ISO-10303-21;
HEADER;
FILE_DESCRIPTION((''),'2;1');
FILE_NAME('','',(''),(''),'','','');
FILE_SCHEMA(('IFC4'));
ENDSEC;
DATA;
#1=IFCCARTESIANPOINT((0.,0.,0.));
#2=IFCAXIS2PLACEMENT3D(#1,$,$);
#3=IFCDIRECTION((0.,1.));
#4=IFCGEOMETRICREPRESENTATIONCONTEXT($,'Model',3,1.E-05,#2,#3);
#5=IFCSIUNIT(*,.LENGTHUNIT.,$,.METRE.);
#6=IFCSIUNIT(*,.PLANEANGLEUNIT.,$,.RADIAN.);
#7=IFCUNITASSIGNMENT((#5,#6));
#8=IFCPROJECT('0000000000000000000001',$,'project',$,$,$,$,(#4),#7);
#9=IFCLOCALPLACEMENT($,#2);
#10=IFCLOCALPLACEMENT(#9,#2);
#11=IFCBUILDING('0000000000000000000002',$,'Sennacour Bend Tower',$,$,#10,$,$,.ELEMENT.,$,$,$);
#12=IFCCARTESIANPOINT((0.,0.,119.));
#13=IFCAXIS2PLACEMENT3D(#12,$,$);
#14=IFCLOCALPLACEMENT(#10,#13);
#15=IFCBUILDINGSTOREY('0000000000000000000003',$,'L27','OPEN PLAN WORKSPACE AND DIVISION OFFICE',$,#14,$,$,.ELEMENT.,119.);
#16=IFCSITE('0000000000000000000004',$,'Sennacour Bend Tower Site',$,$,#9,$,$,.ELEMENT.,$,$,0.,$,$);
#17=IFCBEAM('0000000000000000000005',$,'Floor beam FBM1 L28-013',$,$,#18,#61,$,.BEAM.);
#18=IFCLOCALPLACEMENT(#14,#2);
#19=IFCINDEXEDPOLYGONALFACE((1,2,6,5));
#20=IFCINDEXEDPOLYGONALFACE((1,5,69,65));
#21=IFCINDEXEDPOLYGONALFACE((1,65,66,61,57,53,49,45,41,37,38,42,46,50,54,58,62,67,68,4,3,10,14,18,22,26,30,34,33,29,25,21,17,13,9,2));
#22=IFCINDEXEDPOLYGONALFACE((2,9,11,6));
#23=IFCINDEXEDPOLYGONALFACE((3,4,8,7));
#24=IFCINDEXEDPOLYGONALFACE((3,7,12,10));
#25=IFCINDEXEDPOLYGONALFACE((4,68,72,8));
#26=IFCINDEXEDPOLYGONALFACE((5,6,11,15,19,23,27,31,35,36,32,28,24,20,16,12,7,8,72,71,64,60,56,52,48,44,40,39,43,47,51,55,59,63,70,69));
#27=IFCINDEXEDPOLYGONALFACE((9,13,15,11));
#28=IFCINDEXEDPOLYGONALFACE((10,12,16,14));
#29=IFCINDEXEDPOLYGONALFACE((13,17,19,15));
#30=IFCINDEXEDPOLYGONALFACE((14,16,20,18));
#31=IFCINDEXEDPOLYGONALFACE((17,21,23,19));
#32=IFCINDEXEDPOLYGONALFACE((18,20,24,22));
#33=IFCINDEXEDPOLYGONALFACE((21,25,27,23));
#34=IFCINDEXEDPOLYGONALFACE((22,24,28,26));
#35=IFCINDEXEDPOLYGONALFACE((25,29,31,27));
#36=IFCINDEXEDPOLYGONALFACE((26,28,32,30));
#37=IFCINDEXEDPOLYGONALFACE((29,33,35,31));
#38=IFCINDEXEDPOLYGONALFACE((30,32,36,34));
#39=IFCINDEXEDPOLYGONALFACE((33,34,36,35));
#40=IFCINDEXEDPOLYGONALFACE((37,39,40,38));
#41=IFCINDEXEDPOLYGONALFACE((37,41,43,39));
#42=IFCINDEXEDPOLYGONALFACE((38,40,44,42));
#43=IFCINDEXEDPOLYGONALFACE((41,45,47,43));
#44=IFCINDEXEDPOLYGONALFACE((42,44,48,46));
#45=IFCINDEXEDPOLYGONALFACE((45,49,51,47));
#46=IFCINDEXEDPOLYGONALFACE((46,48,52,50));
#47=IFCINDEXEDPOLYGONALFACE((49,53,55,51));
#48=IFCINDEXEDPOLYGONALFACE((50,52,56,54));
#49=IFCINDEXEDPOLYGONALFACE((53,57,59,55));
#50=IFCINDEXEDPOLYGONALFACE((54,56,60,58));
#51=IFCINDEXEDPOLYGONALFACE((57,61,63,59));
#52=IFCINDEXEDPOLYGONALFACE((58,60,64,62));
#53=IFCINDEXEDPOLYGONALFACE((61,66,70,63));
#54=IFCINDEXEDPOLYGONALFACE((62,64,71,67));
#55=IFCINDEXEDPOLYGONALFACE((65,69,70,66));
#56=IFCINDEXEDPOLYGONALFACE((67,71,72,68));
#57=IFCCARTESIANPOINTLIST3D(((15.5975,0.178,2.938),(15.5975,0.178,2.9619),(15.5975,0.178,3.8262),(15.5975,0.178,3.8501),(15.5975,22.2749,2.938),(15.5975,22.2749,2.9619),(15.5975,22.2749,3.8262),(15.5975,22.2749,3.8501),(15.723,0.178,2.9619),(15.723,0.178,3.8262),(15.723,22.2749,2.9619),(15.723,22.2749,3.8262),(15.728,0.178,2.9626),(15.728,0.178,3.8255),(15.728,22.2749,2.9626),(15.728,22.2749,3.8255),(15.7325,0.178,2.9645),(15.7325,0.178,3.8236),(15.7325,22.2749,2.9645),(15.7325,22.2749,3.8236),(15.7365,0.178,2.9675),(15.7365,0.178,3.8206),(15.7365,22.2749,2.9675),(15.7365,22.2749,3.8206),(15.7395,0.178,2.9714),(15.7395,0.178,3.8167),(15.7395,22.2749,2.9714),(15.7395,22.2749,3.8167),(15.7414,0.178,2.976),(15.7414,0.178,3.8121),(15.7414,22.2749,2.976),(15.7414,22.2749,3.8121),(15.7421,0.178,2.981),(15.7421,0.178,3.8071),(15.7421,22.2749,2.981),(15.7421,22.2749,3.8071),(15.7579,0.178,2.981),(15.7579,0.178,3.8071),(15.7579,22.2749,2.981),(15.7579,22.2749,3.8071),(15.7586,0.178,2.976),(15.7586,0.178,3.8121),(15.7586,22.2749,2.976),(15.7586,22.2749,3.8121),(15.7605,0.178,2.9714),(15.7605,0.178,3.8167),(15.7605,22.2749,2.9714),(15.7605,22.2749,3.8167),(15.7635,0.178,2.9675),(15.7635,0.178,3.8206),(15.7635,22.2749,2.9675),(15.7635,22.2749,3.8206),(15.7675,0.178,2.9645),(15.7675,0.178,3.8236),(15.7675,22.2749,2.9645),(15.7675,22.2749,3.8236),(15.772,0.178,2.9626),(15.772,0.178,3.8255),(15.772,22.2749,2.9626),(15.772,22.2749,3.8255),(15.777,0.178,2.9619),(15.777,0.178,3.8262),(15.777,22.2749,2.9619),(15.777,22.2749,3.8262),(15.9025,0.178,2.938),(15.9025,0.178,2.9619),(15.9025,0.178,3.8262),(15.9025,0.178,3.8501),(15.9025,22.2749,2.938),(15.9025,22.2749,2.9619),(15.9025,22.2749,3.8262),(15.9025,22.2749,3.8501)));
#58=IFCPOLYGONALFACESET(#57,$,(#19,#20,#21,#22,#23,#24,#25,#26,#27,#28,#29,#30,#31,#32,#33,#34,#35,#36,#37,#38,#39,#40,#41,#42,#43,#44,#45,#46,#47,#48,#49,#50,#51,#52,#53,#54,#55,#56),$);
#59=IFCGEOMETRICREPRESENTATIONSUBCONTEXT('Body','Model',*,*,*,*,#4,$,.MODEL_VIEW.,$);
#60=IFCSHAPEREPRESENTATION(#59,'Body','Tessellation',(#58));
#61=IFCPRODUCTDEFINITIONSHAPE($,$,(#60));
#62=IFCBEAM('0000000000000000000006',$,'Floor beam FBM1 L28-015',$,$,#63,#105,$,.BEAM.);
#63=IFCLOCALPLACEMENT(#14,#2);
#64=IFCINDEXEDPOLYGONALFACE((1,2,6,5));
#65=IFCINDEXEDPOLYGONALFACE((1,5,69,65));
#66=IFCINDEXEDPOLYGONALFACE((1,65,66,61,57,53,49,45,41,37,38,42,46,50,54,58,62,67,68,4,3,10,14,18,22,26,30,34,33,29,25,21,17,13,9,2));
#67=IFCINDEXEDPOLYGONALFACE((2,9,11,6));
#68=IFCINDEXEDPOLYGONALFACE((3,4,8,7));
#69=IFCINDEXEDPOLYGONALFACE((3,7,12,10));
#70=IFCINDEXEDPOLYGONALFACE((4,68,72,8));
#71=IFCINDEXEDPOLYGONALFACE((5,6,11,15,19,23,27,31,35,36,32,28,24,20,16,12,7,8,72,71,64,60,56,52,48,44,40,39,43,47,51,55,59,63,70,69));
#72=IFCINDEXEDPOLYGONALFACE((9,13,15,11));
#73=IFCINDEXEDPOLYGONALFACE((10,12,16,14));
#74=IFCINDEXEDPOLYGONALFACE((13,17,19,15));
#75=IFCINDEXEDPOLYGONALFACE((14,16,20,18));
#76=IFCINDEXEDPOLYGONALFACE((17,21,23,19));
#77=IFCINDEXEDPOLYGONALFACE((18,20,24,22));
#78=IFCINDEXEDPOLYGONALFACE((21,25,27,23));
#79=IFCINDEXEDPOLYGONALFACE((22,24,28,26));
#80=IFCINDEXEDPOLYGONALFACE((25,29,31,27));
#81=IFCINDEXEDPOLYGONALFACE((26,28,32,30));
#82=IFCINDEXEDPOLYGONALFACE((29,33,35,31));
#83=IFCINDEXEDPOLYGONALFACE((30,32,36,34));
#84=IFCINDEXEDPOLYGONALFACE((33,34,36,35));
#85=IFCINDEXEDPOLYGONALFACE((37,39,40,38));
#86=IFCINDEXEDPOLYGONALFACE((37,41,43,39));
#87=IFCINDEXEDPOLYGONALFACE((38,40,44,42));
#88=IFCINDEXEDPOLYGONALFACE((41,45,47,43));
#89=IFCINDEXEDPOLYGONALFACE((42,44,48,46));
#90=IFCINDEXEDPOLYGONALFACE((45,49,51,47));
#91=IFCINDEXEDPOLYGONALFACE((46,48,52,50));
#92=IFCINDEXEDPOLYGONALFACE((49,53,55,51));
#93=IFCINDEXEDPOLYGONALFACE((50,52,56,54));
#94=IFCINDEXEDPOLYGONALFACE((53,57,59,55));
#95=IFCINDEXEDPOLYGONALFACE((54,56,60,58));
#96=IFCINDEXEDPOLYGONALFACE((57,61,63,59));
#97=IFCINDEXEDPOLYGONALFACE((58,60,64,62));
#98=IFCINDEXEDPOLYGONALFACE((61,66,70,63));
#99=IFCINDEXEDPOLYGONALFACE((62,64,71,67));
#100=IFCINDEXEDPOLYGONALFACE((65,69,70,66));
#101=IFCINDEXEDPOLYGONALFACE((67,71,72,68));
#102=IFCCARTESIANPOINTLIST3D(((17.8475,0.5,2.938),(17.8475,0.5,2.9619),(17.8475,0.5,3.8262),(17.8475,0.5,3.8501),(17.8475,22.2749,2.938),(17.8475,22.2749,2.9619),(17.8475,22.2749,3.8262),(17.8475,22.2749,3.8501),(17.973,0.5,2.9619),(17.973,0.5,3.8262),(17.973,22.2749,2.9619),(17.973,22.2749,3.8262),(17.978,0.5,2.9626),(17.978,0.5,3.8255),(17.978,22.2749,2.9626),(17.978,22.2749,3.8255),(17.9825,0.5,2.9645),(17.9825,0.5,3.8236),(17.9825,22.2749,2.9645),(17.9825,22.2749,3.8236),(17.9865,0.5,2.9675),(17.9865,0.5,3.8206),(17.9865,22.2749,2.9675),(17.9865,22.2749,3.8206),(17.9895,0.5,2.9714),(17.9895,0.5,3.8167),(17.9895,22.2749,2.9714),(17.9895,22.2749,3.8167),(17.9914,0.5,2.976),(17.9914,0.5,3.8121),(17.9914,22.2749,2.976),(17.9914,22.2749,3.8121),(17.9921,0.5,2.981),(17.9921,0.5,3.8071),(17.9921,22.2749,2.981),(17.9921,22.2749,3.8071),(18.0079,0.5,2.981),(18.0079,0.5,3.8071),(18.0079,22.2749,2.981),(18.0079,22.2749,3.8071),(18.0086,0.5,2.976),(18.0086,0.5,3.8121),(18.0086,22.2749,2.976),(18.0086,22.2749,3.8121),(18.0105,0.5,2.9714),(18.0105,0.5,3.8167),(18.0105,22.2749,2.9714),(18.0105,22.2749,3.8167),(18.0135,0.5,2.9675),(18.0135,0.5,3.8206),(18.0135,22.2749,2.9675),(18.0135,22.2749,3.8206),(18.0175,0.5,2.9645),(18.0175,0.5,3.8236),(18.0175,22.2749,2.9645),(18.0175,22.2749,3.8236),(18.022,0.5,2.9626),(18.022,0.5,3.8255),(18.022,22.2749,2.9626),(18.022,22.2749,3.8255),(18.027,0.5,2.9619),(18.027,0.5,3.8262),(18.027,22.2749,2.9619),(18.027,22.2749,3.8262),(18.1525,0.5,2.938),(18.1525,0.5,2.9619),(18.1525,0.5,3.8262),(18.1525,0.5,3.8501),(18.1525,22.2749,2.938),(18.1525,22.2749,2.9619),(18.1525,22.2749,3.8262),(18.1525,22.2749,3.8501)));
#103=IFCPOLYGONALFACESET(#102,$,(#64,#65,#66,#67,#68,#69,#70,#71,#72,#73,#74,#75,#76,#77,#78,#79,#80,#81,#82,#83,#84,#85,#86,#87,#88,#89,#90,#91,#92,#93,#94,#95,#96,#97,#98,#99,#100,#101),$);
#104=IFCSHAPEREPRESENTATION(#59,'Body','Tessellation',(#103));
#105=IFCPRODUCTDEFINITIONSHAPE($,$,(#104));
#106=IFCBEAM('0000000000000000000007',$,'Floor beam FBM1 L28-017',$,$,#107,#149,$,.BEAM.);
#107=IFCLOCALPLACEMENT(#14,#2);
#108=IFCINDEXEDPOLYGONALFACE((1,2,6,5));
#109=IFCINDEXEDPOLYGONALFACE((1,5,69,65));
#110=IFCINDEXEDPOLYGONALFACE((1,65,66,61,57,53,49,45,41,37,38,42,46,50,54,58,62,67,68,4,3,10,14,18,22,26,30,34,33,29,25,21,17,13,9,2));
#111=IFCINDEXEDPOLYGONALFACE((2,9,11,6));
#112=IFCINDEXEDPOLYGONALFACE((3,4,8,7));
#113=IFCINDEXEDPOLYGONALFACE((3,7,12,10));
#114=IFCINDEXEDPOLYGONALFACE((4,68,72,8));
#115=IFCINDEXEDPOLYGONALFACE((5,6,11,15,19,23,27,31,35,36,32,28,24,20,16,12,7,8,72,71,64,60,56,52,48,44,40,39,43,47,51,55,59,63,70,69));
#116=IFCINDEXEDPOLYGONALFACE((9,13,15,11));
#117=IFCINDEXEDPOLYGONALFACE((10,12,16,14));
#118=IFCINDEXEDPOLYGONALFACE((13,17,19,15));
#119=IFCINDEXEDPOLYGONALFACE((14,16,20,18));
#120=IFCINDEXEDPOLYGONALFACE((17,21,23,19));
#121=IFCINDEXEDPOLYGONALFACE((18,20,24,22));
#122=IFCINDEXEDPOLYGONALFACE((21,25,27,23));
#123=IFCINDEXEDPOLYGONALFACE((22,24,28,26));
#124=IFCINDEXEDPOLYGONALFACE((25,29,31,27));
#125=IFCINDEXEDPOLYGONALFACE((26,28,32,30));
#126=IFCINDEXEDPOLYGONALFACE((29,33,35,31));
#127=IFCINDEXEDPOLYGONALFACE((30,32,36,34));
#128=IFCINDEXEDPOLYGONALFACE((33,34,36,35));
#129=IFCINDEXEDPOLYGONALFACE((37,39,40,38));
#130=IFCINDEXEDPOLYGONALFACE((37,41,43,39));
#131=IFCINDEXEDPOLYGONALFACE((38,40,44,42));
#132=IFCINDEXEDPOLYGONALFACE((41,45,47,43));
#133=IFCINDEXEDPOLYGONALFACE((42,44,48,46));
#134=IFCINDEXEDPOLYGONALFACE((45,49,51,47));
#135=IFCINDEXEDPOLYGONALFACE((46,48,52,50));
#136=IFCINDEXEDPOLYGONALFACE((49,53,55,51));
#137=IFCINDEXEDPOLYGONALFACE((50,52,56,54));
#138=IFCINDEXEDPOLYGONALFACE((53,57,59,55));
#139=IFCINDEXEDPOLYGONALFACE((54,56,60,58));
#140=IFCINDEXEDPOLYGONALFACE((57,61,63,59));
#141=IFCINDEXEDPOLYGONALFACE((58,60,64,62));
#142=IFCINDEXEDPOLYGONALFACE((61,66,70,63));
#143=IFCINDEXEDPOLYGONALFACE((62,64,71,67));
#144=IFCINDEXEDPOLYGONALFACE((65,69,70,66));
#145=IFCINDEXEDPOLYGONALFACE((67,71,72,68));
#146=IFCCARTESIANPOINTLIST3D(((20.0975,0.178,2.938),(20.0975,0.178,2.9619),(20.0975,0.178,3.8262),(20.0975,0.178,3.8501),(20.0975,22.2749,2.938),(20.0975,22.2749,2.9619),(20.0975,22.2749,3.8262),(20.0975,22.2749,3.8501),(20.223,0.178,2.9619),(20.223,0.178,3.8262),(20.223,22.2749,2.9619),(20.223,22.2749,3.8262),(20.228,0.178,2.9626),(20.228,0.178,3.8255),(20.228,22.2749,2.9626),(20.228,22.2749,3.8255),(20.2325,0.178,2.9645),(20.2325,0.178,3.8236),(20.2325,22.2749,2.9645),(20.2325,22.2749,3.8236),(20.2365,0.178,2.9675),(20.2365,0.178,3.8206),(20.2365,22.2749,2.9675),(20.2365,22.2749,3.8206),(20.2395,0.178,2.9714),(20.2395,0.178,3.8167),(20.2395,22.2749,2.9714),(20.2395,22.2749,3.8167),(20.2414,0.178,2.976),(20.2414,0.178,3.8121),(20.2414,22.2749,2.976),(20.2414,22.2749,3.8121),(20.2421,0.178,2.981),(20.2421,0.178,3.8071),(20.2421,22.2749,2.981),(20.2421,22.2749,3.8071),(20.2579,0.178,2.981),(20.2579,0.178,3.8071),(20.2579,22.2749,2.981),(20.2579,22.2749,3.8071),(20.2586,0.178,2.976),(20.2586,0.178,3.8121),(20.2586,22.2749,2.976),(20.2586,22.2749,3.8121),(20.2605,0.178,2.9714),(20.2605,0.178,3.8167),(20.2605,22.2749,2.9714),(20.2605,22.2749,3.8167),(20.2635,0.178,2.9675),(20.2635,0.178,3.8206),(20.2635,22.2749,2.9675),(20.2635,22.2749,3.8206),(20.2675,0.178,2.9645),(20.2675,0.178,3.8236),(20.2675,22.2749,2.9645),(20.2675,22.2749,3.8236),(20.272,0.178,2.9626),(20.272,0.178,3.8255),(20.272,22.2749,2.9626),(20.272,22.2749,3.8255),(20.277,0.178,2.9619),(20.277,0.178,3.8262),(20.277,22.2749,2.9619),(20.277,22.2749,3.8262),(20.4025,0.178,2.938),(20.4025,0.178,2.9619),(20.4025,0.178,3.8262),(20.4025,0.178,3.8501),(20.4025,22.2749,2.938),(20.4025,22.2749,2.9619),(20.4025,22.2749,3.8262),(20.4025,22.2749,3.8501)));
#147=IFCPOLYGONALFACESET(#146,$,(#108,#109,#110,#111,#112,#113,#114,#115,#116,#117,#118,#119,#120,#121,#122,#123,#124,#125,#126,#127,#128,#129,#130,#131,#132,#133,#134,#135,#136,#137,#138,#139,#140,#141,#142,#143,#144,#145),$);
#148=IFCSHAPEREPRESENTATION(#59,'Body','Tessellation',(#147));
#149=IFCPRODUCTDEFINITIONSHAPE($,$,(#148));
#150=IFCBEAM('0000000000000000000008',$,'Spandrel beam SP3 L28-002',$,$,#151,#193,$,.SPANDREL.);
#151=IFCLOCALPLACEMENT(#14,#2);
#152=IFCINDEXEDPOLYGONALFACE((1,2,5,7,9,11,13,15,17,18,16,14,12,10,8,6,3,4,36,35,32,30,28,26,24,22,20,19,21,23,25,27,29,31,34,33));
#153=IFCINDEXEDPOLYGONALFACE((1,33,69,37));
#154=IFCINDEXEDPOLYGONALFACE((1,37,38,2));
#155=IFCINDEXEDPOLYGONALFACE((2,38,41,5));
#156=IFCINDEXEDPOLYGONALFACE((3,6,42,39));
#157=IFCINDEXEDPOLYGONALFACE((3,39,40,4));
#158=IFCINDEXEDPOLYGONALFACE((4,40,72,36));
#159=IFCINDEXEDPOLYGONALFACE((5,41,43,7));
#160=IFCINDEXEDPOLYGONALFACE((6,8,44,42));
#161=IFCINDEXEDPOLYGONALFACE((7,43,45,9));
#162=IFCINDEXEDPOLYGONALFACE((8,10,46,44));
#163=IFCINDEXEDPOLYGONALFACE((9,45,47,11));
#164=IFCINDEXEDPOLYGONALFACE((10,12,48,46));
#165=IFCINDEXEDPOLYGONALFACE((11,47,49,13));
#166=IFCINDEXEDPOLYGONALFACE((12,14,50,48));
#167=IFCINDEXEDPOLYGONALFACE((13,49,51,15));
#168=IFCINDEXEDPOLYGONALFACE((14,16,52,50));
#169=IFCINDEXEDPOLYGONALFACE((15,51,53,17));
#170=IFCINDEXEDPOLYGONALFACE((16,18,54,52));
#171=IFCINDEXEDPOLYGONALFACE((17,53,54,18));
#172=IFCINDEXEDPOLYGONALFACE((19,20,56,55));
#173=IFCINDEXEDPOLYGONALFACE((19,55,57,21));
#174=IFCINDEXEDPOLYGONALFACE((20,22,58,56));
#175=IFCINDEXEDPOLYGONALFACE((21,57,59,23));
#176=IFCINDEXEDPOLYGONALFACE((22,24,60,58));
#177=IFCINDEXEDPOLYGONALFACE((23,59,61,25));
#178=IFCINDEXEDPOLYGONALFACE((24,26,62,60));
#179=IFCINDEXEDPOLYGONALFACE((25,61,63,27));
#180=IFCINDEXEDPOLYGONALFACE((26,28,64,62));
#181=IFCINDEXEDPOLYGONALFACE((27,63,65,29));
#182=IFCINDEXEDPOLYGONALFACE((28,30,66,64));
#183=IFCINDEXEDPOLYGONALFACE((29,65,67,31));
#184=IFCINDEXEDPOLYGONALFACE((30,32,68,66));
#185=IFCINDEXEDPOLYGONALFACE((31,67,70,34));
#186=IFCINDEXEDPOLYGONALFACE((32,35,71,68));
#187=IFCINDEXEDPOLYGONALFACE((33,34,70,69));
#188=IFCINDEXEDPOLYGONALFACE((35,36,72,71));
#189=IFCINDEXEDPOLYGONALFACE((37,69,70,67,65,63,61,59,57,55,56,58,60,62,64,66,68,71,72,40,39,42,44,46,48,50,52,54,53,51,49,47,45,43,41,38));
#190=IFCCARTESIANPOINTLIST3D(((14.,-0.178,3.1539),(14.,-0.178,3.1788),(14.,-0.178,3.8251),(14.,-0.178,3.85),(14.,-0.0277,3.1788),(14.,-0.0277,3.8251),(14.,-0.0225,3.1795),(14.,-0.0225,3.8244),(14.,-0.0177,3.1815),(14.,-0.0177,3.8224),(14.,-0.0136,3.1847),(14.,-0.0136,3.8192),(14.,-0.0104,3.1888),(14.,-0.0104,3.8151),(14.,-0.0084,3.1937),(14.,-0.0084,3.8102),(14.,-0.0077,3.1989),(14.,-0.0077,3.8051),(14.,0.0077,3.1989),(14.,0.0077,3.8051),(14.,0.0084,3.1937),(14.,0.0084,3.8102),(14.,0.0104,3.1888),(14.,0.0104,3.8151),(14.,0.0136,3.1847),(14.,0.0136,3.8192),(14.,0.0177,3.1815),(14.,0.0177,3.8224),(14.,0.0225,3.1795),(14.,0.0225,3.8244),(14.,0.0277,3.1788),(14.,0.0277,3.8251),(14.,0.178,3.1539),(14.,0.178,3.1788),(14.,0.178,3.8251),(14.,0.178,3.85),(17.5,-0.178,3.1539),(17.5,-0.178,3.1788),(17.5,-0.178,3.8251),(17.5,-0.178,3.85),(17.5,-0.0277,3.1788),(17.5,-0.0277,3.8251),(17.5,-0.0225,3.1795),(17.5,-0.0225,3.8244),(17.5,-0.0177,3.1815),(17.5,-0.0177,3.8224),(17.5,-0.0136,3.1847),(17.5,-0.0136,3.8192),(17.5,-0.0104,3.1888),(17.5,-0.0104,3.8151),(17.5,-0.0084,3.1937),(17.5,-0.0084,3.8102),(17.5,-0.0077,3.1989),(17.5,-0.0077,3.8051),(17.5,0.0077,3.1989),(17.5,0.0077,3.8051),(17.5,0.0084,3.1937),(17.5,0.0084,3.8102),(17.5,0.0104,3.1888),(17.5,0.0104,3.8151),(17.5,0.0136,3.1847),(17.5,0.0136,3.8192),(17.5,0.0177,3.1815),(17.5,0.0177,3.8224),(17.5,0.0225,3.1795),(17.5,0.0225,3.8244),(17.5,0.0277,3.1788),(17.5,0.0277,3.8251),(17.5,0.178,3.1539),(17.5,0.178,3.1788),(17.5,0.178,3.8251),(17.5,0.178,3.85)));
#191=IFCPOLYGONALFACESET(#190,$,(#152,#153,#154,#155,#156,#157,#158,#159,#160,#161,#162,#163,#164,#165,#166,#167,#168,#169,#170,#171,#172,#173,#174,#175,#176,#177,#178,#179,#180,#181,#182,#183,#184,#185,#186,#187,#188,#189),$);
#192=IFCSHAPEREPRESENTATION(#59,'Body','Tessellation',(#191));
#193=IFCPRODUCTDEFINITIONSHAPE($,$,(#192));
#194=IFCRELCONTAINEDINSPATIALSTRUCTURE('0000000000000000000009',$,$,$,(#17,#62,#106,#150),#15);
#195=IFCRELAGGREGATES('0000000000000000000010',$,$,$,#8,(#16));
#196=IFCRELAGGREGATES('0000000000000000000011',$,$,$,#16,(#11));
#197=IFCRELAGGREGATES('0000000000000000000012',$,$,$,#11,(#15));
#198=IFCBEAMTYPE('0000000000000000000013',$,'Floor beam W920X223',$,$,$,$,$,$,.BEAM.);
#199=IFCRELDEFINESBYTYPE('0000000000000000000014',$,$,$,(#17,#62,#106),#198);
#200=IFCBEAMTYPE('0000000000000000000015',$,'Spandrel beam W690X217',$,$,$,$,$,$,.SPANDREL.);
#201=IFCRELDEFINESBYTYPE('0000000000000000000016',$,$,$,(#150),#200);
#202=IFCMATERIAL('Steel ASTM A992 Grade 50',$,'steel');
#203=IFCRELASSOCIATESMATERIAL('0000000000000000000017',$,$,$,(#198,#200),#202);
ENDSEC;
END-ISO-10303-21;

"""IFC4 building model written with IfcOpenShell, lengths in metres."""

from ifc_helpers import new_model, si_unit, direction, frame, origin, origin_2d, place, context, subcontext, project, spatial, i_section, extrude, material, material_profile, profile_set, type_object, element, save


model = new_model("IFC4")

# Units and contexts
model_context = context("Model", 3, precision=1e-05, world=origin(), true_north=direction((0.0, 1.0)))
body_context = subcontext(model_context, "Body", "Model", "MODEL_VIEW")
ifc_project = project(units=[si_unit("LENGTHUNIT", "METRE"), si_unit("PLANEANGLEUNIT", "RADIAN")], contexts=[model_context])

# Site, building, storey
site_placement = place(None, origin())
site = spatial("IfcSite", under=ifc_project, at=site_placement, Name="Sennacour Bend Tower Site", CompositionType="ELEMENT", RefElevation=0.0)
building_placement = place(site_placement, origin())
building = spatial("IfcBuilding", under=site, at=building_placement, Name="Sennacour Bend Tower", CompositionType="ELEMENT")
storey_placement = place(building_placement, frame((0.0, 0.0, 119.0)))
storey = spatial("IfcBuildingStorey", under=building, at=storey_placement, Name="L27", Description="OPEN PLAN WORKSPACE AND DIVISION OFFICE", CompositionType="ELEMENT", Elevation=119.0)

# Beams
ifc_material_1 = material(Name="Steel ASTM A992 Grade 50", Category="steel")
ifc_material_profile_1 = material_profile(ifc_material_1, i_section(OverallWidth=0.3049, OverallDepth=0.9121, WebThickness=0.0159, FlangeThickness=0.0239, FilletRadius=0.019, at=origin_2d()), Name="Steel ASTM A992 Grade 50", Category="steel")
ifc_profile_set_1 = profile_set([ifc_material_profile_1], Name="Steel ASTM A992 Grade 50")
beam_type_1 = type_object("IfcBeamType", Name="Floor beam W920X223", PredefinedType="BEAM", material=ifc_profile_set_1)
beam_1_placement = place(storey_placement, frame((15.75, 0.178, 3.394), z_axis=(0.0, 1.0, 0.0), x_axis=(-1.0, 0.0, 0.0)))
element("IfcBeam", 1, at=beam_1_placement, inside=storey, type_object=beam_type_1, Name="Floor beam FBM1 L28-013", PredefinedType="BEAM", context=body_context, shape_type="SweptSolid", body=[
    extrude(i_section(OverallWidth=0.3049, OverallDepth=0.9121, WebThickness=0.0159, FlangeThickness=0.0239, FilletRadius=0.019, at=origin_2d()), origin(), (0.0, 0.0, 1.0), 22.0969),
])
beam_2_placement = place(storey_placement, frame((18.0, 0.5, 3.394), z_axis=(0.0, 1.0, 0.0), x_axis=(-1.0, 0.0, 0.0)))
element("IfcBeam", 2, at=beam_2_placement, inside=storey, type_object=beam_type_1, Name="Floor beam FBM1 L28-015", PredefinedType="BEAM", context=body_context, shape_type="SweptSolid", body=[
    extrude(i_section(OverallWidth=0.3049, OverallDepth=0.9121, WebThickness=0.0159, FlangeThickness=0.0239, FilletRadius=0.019, at=origin_2d()), origin(), (0.0, 0.0, 1.0), 21.7749),
])
beam_3_placement = place(storey_placement, frame((20.25, 0.178, 3.394), z_axis=(0.0, 1.0, 0.0), x_axis=(-1.0, 0.0, 0.0)))
element("IfcBeam", 3, at=beam_3_placement, inside=storey, type_object=beam_type_1, Name="Floor beam FBM1 L28-017", PredefinedType="BEAM", context=body_context, shape_type="SweptSolid", body=[
    extrude(i_section(OverallWidth=0.3049, OverallDepth=0.9121, WebThickness=0.0159, FlangeThickness=0.0239, FilletRadius=0.019, at=origin_2d()), origin(), (0.0, 0.0, 1.0), 22.0969),
])
ifc_material_profile_2 = material_profile(ifc_material_1, i_section(OverallWidth=0.356, OverallDepth=0.696, WebThickness=0.0154, FlangeThickness=0.0249, FilletRadius=0.02, at=origin_2d()), Name="Steel ASTM A992 Grade 50", Category="steel")
ifc_profile_set_2 = profile_set([ifc_material_profile_2], Name="Steel ASTM A992 Grade 50")
beam_type_2 = type_object("IfcBeamType", Name="Spandrel beam W690X217", PredefinedType="SPANDREL", material=ifc_profile_set_2)
for number, where, z_axis, x_axis, name in (
    (4, (17.5, 0.0, 3.502), (-1.0, 0.0, 0.0), (0.0, -1.0, 0.0), "Spandrel beam SP3 L28-002"),
):
    element("IfcBeam", number, at=place(storey_placement, frame(where, z_axis=z_axis, x_axis=x_axis)), inside=storey, type_object=beam_type_2, Name=name, PredefinedType="SPANDREL", context=body_context, shape_type="SweptSolid", body=[
        extrude(i_section(OverallWidth=0.356, OverallDepth=0.696, WebThickness=0.0154, FlangeThickness=0.0249, FilletRadius=0.02, at=origin_2d()), origin(), (0.0, 0.0, 1.0), 3.5),
    ])

save(model, "model.ifc")
